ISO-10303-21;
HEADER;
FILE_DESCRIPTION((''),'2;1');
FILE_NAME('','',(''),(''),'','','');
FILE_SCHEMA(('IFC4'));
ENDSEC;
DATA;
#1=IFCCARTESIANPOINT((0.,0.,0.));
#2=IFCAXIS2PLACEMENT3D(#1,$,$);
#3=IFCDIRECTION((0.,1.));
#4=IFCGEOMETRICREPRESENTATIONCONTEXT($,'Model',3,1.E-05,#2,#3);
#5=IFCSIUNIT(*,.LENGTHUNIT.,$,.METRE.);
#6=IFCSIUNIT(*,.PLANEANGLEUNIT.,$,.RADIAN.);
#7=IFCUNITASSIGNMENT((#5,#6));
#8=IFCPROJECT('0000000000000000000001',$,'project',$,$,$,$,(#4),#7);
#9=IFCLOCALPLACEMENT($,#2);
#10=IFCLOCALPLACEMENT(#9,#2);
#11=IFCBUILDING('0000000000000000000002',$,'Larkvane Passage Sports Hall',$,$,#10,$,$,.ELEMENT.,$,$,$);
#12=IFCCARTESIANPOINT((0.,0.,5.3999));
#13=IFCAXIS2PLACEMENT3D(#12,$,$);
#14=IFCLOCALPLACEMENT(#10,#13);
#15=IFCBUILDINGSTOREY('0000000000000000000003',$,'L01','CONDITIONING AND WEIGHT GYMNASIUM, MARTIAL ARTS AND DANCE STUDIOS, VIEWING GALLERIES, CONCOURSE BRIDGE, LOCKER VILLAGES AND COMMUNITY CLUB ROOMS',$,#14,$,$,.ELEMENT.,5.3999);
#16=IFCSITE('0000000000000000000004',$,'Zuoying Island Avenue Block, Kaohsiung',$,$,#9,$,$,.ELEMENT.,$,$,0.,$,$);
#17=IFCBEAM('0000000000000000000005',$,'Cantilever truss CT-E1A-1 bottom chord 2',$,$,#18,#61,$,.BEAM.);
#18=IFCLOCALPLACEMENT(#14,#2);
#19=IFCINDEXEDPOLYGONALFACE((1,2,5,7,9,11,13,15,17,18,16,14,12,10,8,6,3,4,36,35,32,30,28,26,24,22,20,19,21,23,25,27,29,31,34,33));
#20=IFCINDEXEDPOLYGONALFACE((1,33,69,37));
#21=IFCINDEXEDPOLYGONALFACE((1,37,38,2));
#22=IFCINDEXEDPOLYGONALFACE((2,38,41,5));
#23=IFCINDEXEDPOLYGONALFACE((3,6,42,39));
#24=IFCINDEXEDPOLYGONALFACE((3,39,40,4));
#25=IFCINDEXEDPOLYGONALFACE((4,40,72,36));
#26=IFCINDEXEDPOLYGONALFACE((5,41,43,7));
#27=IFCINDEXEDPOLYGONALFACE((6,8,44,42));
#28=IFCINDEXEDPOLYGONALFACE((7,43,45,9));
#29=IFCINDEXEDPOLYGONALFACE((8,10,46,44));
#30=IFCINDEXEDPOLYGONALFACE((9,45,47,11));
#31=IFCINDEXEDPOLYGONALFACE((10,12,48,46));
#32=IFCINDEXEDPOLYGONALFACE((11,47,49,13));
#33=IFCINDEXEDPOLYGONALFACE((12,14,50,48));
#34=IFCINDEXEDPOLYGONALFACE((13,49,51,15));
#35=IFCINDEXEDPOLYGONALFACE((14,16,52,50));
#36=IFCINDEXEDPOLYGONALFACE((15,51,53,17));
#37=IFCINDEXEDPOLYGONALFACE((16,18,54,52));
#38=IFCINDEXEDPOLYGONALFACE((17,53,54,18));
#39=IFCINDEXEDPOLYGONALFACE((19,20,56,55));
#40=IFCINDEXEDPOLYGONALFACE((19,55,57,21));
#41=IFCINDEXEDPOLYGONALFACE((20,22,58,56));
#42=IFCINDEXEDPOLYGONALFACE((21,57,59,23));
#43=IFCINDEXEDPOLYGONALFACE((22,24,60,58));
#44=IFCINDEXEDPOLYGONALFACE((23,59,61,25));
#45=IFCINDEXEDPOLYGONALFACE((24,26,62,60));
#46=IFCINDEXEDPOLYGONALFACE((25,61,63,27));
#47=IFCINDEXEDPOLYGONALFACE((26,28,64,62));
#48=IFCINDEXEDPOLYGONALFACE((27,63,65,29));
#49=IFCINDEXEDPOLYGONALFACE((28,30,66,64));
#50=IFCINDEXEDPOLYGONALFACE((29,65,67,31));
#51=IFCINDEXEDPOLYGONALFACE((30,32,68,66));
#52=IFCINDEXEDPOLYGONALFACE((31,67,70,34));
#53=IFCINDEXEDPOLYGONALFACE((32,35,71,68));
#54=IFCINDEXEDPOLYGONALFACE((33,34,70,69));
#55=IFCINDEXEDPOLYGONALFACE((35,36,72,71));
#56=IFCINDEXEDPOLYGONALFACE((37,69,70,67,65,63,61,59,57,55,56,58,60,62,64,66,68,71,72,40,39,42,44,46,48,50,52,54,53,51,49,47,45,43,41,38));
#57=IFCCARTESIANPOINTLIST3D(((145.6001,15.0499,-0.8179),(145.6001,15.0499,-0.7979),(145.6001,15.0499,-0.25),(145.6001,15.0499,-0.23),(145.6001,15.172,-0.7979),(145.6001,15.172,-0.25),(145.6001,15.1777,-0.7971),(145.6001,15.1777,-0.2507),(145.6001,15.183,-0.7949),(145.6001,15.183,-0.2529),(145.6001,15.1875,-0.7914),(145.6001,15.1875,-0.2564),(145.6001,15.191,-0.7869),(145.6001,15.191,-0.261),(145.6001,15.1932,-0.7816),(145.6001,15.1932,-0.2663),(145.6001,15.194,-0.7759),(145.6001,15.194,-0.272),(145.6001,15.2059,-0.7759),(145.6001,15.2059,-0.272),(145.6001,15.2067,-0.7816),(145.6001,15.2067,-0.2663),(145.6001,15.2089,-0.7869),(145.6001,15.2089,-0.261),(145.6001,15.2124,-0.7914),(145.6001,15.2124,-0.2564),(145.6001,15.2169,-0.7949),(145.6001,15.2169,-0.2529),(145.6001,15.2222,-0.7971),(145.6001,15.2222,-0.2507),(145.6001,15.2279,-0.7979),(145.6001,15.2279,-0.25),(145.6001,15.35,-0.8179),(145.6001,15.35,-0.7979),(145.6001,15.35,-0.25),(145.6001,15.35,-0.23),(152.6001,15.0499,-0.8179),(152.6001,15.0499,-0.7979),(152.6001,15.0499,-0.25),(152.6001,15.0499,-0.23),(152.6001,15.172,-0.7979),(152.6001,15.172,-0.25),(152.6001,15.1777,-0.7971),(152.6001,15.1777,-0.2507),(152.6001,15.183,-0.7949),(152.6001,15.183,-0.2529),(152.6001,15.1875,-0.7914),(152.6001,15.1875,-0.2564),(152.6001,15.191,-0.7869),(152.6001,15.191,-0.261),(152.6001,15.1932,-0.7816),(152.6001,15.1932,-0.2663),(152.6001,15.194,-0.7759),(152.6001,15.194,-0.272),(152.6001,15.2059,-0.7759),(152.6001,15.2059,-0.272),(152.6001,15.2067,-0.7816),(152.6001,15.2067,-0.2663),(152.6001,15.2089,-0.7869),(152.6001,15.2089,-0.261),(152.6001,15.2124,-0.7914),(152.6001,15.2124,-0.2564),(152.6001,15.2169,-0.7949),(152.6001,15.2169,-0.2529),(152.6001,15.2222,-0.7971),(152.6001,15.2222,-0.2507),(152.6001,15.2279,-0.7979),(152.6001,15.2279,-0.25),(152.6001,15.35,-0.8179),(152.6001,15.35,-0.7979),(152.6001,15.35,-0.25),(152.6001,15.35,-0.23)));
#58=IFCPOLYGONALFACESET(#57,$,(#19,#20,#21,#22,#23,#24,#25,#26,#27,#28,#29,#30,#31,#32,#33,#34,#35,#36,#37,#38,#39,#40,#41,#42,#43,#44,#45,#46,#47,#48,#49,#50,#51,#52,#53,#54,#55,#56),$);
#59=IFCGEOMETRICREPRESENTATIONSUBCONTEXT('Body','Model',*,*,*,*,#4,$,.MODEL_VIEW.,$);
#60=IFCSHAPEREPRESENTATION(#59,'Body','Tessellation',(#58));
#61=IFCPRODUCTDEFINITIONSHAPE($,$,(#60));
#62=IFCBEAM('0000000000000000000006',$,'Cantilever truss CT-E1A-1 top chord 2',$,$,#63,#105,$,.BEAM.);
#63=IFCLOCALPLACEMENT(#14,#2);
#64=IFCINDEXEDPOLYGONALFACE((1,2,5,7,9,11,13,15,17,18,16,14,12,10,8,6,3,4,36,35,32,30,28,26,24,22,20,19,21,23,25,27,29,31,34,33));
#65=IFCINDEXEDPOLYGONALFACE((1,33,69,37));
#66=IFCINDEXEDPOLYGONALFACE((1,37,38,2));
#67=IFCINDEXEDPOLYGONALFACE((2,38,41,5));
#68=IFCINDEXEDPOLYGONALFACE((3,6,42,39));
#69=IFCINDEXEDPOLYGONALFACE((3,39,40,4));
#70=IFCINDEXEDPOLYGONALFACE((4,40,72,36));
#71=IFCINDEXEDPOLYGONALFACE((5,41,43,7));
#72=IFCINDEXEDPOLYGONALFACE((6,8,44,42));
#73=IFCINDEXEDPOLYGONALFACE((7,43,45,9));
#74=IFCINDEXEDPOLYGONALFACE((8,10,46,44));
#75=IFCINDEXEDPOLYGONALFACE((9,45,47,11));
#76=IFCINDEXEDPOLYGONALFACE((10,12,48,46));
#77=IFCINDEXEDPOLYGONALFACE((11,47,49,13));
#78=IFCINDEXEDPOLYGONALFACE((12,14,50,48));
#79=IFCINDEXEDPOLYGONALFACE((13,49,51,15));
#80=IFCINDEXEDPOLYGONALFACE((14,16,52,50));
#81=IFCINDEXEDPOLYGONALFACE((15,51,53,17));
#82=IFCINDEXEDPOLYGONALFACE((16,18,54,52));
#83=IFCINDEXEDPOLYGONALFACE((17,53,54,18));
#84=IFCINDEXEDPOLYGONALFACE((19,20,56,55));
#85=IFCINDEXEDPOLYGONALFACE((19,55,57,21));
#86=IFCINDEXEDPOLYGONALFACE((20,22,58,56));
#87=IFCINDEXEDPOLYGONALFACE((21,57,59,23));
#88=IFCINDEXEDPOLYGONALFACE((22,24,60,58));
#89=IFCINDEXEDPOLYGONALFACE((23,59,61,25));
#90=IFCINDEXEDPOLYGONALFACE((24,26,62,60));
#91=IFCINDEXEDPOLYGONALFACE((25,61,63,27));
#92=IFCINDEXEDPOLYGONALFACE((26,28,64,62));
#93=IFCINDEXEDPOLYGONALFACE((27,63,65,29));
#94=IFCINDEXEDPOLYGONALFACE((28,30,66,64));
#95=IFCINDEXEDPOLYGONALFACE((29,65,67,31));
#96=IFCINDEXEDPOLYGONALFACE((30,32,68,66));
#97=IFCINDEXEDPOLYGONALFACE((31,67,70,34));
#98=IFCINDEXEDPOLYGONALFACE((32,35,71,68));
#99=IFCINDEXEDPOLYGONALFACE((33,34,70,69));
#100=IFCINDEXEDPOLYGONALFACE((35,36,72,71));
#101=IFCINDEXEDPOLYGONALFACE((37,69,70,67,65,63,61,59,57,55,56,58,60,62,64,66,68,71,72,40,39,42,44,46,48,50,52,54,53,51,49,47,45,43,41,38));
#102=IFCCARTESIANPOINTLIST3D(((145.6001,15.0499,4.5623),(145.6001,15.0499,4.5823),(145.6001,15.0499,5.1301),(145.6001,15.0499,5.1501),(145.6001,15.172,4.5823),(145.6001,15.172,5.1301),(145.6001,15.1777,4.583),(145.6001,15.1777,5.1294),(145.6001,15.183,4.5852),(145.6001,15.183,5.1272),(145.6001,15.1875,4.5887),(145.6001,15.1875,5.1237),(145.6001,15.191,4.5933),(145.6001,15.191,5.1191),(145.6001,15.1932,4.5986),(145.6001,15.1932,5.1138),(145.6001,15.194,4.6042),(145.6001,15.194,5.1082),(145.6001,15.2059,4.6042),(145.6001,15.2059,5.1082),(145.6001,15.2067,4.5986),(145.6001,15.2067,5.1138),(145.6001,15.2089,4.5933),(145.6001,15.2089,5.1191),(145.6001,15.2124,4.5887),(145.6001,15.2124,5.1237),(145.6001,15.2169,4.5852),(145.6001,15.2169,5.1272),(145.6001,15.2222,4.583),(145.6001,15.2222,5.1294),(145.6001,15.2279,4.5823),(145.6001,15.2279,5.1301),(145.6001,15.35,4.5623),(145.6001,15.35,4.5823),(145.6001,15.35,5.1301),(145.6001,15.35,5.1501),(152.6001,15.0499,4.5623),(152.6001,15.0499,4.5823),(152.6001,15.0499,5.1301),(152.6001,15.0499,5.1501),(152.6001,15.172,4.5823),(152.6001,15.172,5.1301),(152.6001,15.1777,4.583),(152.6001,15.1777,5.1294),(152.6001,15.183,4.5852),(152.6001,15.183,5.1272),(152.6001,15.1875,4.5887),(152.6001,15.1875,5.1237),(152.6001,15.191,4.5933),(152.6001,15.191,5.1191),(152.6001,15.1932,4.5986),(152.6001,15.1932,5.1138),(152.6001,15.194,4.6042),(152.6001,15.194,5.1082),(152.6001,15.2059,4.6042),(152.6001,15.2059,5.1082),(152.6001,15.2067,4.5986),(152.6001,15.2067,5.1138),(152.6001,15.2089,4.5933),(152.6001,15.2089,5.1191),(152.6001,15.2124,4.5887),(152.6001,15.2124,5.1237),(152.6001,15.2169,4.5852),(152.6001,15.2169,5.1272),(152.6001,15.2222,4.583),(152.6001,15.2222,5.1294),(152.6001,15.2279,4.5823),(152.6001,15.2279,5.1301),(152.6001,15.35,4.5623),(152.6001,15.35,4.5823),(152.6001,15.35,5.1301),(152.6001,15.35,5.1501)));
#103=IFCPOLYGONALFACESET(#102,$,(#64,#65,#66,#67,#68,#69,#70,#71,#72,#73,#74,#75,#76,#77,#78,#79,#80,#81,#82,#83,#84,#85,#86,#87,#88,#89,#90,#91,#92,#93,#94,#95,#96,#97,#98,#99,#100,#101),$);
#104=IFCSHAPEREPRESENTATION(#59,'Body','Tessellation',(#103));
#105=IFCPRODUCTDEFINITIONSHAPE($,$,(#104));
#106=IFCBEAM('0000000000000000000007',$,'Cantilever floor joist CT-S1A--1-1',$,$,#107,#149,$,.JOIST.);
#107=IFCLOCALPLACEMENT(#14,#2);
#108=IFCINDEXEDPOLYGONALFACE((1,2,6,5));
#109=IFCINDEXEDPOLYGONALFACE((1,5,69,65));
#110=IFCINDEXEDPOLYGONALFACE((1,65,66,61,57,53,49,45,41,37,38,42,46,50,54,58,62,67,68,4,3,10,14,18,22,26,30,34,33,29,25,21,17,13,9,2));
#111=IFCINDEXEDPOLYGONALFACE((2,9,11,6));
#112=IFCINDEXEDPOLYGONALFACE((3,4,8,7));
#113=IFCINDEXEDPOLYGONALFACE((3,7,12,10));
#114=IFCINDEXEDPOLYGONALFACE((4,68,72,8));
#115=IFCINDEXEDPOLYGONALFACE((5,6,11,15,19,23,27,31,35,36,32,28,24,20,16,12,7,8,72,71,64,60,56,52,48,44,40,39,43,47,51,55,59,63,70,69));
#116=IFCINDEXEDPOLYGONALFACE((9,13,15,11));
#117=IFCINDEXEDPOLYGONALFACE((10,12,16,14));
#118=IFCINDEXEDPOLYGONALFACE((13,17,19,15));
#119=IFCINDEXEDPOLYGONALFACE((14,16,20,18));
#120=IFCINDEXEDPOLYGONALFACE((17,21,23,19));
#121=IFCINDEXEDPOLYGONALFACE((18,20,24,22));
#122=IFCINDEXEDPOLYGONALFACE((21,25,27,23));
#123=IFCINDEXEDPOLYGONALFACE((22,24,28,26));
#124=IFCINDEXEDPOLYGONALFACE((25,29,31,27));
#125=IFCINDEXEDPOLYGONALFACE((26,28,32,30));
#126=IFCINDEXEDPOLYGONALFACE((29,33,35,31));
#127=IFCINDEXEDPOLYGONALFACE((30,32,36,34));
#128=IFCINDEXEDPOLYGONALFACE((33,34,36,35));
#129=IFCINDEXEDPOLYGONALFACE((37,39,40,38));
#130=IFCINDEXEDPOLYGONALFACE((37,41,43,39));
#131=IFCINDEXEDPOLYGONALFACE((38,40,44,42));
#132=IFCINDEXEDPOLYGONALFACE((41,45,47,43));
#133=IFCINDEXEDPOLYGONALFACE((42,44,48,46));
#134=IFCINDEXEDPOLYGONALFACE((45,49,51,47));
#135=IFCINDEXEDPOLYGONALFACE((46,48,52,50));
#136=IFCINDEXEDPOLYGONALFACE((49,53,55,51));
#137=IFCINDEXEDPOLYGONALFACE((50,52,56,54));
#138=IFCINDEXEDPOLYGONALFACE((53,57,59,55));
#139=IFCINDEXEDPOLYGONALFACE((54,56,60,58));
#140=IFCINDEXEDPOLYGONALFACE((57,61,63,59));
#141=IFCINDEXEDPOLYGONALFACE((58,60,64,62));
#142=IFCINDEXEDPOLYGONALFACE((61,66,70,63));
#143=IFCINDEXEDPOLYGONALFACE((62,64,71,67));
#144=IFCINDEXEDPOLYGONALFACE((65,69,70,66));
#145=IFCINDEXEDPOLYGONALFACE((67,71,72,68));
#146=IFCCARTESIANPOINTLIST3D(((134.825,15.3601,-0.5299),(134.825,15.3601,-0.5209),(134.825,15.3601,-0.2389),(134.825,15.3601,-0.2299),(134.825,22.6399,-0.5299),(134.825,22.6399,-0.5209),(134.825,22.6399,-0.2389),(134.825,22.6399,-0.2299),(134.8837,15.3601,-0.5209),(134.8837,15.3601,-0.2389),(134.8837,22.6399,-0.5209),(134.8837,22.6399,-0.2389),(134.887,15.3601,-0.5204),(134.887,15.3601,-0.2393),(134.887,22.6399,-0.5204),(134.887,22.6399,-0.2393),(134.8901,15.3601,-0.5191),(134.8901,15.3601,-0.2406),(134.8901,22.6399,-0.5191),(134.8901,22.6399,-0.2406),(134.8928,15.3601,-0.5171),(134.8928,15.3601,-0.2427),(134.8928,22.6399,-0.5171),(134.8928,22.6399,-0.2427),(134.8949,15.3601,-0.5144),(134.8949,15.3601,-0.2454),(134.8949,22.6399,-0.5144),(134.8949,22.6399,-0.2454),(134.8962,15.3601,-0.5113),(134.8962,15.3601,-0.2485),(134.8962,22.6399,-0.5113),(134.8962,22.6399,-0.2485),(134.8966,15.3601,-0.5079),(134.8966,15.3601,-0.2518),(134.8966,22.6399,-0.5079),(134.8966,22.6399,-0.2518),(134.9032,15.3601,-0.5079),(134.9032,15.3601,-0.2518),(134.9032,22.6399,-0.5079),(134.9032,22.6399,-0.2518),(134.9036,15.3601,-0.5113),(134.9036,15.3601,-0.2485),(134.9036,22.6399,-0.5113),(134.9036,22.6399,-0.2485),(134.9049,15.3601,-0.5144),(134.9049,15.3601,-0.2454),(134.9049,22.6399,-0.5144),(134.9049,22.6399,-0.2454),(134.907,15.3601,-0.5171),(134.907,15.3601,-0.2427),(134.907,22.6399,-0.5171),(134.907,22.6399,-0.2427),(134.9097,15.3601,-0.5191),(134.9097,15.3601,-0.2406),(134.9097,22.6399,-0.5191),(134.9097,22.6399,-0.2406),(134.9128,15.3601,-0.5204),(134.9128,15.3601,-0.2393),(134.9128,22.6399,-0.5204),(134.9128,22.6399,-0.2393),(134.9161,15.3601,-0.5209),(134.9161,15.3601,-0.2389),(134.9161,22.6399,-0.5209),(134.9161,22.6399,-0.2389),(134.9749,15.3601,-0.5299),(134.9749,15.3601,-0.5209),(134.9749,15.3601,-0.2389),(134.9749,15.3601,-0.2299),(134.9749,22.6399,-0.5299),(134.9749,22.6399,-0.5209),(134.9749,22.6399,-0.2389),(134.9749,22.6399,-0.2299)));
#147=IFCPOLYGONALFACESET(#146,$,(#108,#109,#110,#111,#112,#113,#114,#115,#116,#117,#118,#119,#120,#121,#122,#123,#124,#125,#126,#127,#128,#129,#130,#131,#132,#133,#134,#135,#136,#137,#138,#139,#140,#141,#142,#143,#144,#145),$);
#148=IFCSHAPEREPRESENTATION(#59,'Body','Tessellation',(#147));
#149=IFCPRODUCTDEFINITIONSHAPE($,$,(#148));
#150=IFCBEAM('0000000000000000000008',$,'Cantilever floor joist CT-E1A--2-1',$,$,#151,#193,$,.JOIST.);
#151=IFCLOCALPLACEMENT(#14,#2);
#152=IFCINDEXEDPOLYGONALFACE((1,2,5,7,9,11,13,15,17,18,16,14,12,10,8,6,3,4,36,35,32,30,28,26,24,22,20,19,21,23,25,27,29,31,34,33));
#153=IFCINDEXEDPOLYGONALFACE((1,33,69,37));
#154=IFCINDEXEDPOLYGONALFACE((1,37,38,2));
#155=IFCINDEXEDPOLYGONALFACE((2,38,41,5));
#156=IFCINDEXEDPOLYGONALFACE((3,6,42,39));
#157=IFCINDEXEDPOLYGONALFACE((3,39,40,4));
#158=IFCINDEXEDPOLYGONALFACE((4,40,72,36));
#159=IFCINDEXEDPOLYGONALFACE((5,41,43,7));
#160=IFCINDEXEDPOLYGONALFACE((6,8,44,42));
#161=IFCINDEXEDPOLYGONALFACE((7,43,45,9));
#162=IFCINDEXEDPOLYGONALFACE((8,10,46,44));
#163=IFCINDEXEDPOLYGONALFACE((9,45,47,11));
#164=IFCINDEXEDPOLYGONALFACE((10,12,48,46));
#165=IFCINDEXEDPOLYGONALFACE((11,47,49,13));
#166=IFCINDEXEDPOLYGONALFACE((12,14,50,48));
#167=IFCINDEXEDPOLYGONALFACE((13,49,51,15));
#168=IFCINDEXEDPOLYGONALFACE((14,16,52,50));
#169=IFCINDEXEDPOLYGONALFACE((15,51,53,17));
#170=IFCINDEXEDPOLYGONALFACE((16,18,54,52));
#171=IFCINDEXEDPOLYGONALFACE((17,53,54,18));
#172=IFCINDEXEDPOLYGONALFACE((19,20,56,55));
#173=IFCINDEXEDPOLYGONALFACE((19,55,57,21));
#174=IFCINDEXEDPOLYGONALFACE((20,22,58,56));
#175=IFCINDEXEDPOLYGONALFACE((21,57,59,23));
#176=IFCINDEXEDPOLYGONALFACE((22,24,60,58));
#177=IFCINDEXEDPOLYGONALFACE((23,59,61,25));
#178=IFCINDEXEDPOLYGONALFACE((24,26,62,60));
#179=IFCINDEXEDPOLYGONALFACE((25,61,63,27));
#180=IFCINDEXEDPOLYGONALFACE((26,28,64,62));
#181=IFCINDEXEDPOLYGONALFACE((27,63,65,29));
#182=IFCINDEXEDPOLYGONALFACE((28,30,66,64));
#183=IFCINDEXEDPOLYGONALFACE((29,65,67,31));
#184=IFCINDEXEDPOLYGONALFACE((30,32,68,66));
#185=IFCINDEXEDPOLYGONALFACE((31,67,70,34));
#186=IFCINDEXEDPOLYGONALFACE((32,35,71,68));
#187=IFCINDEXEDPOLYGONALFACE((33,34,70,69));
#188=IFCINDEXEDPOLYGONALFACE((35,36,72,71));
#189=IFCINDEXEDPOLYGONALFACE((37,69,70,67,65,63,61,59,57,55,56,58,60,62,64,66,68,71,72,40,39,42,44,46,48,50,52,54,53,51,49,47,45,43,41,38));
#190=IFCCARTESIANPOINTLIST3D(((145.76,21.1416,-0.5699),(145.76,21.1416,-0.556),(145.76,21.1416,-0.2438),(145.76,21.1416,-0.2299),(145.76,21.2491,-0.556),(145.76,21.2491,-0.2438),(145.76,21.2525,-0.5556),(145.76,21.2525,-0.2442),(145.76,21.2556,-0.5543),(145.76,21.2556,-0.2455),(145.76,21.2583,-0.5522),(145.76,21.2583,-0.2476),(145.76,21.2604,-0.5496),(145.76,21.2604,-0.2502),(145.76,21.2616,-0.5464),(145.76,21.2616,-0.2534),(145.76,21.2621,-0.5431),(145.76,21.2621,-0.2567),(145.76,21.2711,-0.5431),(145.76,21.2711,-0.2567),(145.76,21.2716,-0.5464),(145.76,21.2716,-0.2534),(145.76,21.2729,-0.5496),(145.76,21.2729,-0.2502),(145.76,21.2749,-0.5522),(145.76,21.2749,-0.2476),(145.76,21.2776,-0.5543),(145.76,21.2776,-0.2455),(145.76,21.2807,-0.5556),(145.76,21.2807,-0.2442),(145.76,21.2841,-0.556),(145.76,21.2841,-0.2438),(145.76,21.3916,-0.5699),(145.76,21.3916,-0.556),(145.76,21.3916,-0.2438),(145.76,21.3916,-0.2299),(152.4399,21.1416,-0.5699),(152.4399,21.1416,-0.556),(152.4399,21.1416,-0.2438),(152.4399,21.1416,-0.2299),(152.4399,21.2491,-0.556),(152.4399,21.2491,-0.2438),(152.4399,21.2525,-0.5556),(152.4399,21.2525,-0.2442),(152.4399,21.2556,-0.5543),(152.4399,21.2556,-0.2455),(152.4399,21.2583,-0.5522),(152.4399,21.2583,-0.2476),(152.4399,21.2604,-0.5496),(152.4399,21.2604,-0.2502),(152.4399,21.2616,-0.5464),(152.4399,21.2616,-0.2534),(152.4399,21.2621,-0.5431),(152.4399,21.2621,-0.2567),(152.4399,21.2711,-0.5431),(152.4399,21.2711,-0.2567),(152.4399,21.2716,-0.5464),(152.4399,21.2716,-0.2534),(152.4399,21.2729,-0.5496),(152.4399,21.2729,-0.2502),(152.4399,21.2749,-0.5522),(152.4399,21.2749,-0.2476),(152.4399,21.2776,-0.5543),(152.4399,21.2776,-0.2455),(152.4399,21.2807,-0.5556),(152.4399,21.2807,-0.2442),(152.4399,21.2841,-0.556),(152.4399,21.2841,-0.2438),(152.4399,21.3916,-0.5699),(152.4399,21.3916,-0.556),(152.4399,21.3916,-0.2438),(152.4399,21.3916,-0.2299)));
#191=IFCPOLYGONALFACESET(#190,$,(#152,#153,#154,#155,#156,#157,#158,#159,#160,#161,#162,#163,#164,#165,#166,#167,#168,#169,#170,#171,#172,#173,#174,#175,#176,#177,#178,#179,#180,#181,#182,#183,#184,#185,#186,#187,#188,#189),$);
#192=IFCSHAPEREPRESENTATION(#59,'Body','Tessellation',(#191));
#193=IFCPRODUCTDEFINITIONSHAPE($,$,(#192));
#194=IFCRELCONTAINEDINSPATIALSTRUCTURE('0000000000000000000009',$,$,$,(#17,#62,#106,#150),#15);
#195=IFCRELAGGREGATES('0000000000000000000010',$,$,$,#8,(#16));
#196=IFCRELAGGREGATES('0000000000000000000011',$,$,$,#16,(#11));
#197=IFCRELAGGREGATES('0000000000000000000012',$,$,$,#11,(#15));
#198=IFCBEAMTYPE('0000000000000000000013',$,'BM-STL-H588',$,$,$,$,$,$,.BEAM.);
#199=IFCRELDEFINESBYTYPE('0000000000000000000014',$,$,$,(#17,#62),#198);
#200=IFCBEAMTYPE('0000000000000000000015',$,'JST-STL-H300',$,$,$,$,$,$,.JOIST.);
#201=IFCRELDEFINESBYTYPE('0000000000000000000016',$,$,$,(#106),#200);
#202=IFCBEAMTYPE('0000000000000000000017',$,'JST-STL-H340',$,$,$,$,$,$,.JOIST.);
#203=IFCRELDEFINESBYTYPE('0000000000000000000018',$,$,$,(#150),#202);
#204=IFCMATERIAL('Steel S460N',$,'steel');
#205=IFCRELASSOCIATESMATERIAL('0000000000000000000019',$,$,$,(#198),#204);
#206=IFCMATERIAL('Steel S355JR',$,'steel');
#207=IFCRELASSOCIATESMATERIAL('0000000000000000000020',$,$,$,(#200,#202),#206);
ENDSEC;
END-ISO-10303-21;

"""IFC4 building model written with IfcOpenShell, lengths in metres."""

from ifc_helpers import new_model, si_unit, direction, frame, origin, origin_2d, place, context, subcontext, project, spatial, i_section, extrude, material, material_profile, profile_set, type_object, element, save


model = new_model("IFC4")

# Units and contexts
model_context = context("Model", 3, precision=1e-05, world=origin(), true_north=direction((0.0, 1.0)))
body_context = subcontext(model_context, "Body", "Model", "MODEL_VIEW")
ifc_project = project(units=[si_unit("LENGTHUNIT", "METRE"), si_unit("PLANEANGLEUNIT", "RADIAN")], contexts=[model_context])

# Site, building, storey
site_placement = place(None, origin())
site = spatial("IfcSite", under=ifc_project, at=site_placement, Name="Zuoying Island Avenue Block, Kaohsiung", CompositionType="ELEMENT", RefElevation=0.0)
building_placement = place(site_placement, origin())
building = spatial("IfcBuilding", under=site, at=building_placement, Name="Larkvane Passage Sports Hall", CompositionType="ELEMENT")
storey_placement = place(building_placement, frame((0.0, 0.0, 5.3999)))
storey = spatial("IfcBuildingStorey", under=building, at=storey_placement, Name="L01", Description="CONDITIONING AND WEIGHT GYMNASIUM, MARTIAL ARTS AND DANCE STUDIOS, VIEWING GALLERIES, CONCOURSE BRIDGE, LOCKER VILLAGES AND COMMUNITY CLUB ROOMS", CompositionType="ELEMENT", Elevation=5.3999)

# Shared definitions
ifc_material_1 = material(Name="Steel S460N", Category="steel")

# Beams
ifc_material_2 = material(Name="Steel S355JR", Category="steel")
ifc_material_profile_1 = material_profile(ifc_material_1, i_section(OverallWidth=0.3, OverallDepth=0.5879, WebThickness=0.012, FlangeThickness=0.02, FilletRadius=0.022, at=origin_2d()), Name="H-588x300x12x20")
ifc_profile_set_1 = profile_set([ifc_material_profile_1], Name="Steel S460N")
beam_type_1 = type_object("IfcBeamType", Name="BM-STL-H588", PredefinedType="BEAM", material=ifc_profile_set_1)
for number, where, z_axis, x_axis, name in (
    (1, (145.6001, 15.2, -0.5239), (1.0, 0.0, 0.0), (0.0, 1.0, 0.0), "Cantilever truss CT-E1A-1 bottom chord 2"),
    (2, (145.6001, 15.2, 4.8562), (1.0, 0.0, 0.0), (0.0, 1.0, 0.0), "Cantilever truss CT-E1A-1 top chord 2"),
):
    element("IfcBeam", number, at=place(storey_placement, frame(where, z_axis=z_axis, x_axis=x_axis)), inside=storey, type_object=beam_type_1, Name=name, PredefinedType="BEAM", context=body_context, shape_type="SweptSolid", body=[
        extrude(i_section(OverallWidth=0.3, OverallDepth=0.5879, WebThickness=0.012, FlangeThickness=0.02, FilletRadius=0.022, at=origin_2d()), origin(), (0.0, 0.0, 1.0), 7.0),
    ])
ifc_material_profile_2 = material_profile(ifc_material_2, i_section(OverallWidth=0.1499, OverallDepth=0.3, WebThickness=0.0066, FlangeThickness=0.009, FilletRadius=0.0129, at=origin_2d()), Name="H-300x150x6.5x9")
ifc_profile_set_2 = profile_set([ifc_material_profile_2], Name="Steel S355JR")
beam_type_2 = type_object("IfcBeamType", Name="JST-STL-H300", PredefinedType="JOIST", material=ifc_profile_set_2)
beam_1_placement = place(storey_placement, frame((134.8999, 15.3601, -0.3799), z_axis=(0.0, 1.0, 0.0), x_axis=(-1.0, 0.0, 0.0)))
element("IfcBeam", 3, at=beam_1_placement, inside=storey, type_object=beam_type_2, Name="Cantilever floor joist CT-S1A--1-1", PredefinedType="JOIST", context=body_context, shape_type="SweptSolid", body=[
    extrude(i_section(OverallWidth=0.1499, OverallDepth=0.3, WebThickness=0.0066, FlangeThickness=0.009, FilletRadius=0.0129, at=origin_2d()), origin(), (0.0, 0.0, 1.0), 7.2798),
])
ifc_material_profile_3 = material_profile(ifc_material_2, i_section(OverallWidth=0.25, OverallDepth=0.3401, WebThickness=0.009, FlangeThickness=0.0139, FilletRadius=0.0129, at=origin_2d()), Name="H-340x250x9x14")
ifc_profile_set_3 = profile_set([ifc_material_profile_3], Name="Steel S355JR")
beam_type_3 = type_object("IfcBeamType", Name="JST-STL-H340", PredefinedType="JOIST", material=ifc_profile_set_3)
beam_2_placement = place(storey_placement, frame((145.76, 21.2666, -0.3999), z_axis=(1.0, 0.0, 0.0), x_axis=(0.0, 1.0, 0.0)))
element("IfcBeam", 4, at=beam_2_placement, inside=storey, type_object=beam_type_3, Name="Cantilever floor joist CT-E1A--2-1", PredefinedType="JOIST", context=body_context, shape_type="SweptSolid", body=[
    extrude(i_section(OverallWidth=0.25, OverallDepth=0.3401, WebThickness=0.009, FlangeThickness=0.0139, FilletRadius=0.0129, at=origin_2d()), origin(), (0.0, 0.0, 1.0), 6.6799),
])

save(model, "model.ifc")
